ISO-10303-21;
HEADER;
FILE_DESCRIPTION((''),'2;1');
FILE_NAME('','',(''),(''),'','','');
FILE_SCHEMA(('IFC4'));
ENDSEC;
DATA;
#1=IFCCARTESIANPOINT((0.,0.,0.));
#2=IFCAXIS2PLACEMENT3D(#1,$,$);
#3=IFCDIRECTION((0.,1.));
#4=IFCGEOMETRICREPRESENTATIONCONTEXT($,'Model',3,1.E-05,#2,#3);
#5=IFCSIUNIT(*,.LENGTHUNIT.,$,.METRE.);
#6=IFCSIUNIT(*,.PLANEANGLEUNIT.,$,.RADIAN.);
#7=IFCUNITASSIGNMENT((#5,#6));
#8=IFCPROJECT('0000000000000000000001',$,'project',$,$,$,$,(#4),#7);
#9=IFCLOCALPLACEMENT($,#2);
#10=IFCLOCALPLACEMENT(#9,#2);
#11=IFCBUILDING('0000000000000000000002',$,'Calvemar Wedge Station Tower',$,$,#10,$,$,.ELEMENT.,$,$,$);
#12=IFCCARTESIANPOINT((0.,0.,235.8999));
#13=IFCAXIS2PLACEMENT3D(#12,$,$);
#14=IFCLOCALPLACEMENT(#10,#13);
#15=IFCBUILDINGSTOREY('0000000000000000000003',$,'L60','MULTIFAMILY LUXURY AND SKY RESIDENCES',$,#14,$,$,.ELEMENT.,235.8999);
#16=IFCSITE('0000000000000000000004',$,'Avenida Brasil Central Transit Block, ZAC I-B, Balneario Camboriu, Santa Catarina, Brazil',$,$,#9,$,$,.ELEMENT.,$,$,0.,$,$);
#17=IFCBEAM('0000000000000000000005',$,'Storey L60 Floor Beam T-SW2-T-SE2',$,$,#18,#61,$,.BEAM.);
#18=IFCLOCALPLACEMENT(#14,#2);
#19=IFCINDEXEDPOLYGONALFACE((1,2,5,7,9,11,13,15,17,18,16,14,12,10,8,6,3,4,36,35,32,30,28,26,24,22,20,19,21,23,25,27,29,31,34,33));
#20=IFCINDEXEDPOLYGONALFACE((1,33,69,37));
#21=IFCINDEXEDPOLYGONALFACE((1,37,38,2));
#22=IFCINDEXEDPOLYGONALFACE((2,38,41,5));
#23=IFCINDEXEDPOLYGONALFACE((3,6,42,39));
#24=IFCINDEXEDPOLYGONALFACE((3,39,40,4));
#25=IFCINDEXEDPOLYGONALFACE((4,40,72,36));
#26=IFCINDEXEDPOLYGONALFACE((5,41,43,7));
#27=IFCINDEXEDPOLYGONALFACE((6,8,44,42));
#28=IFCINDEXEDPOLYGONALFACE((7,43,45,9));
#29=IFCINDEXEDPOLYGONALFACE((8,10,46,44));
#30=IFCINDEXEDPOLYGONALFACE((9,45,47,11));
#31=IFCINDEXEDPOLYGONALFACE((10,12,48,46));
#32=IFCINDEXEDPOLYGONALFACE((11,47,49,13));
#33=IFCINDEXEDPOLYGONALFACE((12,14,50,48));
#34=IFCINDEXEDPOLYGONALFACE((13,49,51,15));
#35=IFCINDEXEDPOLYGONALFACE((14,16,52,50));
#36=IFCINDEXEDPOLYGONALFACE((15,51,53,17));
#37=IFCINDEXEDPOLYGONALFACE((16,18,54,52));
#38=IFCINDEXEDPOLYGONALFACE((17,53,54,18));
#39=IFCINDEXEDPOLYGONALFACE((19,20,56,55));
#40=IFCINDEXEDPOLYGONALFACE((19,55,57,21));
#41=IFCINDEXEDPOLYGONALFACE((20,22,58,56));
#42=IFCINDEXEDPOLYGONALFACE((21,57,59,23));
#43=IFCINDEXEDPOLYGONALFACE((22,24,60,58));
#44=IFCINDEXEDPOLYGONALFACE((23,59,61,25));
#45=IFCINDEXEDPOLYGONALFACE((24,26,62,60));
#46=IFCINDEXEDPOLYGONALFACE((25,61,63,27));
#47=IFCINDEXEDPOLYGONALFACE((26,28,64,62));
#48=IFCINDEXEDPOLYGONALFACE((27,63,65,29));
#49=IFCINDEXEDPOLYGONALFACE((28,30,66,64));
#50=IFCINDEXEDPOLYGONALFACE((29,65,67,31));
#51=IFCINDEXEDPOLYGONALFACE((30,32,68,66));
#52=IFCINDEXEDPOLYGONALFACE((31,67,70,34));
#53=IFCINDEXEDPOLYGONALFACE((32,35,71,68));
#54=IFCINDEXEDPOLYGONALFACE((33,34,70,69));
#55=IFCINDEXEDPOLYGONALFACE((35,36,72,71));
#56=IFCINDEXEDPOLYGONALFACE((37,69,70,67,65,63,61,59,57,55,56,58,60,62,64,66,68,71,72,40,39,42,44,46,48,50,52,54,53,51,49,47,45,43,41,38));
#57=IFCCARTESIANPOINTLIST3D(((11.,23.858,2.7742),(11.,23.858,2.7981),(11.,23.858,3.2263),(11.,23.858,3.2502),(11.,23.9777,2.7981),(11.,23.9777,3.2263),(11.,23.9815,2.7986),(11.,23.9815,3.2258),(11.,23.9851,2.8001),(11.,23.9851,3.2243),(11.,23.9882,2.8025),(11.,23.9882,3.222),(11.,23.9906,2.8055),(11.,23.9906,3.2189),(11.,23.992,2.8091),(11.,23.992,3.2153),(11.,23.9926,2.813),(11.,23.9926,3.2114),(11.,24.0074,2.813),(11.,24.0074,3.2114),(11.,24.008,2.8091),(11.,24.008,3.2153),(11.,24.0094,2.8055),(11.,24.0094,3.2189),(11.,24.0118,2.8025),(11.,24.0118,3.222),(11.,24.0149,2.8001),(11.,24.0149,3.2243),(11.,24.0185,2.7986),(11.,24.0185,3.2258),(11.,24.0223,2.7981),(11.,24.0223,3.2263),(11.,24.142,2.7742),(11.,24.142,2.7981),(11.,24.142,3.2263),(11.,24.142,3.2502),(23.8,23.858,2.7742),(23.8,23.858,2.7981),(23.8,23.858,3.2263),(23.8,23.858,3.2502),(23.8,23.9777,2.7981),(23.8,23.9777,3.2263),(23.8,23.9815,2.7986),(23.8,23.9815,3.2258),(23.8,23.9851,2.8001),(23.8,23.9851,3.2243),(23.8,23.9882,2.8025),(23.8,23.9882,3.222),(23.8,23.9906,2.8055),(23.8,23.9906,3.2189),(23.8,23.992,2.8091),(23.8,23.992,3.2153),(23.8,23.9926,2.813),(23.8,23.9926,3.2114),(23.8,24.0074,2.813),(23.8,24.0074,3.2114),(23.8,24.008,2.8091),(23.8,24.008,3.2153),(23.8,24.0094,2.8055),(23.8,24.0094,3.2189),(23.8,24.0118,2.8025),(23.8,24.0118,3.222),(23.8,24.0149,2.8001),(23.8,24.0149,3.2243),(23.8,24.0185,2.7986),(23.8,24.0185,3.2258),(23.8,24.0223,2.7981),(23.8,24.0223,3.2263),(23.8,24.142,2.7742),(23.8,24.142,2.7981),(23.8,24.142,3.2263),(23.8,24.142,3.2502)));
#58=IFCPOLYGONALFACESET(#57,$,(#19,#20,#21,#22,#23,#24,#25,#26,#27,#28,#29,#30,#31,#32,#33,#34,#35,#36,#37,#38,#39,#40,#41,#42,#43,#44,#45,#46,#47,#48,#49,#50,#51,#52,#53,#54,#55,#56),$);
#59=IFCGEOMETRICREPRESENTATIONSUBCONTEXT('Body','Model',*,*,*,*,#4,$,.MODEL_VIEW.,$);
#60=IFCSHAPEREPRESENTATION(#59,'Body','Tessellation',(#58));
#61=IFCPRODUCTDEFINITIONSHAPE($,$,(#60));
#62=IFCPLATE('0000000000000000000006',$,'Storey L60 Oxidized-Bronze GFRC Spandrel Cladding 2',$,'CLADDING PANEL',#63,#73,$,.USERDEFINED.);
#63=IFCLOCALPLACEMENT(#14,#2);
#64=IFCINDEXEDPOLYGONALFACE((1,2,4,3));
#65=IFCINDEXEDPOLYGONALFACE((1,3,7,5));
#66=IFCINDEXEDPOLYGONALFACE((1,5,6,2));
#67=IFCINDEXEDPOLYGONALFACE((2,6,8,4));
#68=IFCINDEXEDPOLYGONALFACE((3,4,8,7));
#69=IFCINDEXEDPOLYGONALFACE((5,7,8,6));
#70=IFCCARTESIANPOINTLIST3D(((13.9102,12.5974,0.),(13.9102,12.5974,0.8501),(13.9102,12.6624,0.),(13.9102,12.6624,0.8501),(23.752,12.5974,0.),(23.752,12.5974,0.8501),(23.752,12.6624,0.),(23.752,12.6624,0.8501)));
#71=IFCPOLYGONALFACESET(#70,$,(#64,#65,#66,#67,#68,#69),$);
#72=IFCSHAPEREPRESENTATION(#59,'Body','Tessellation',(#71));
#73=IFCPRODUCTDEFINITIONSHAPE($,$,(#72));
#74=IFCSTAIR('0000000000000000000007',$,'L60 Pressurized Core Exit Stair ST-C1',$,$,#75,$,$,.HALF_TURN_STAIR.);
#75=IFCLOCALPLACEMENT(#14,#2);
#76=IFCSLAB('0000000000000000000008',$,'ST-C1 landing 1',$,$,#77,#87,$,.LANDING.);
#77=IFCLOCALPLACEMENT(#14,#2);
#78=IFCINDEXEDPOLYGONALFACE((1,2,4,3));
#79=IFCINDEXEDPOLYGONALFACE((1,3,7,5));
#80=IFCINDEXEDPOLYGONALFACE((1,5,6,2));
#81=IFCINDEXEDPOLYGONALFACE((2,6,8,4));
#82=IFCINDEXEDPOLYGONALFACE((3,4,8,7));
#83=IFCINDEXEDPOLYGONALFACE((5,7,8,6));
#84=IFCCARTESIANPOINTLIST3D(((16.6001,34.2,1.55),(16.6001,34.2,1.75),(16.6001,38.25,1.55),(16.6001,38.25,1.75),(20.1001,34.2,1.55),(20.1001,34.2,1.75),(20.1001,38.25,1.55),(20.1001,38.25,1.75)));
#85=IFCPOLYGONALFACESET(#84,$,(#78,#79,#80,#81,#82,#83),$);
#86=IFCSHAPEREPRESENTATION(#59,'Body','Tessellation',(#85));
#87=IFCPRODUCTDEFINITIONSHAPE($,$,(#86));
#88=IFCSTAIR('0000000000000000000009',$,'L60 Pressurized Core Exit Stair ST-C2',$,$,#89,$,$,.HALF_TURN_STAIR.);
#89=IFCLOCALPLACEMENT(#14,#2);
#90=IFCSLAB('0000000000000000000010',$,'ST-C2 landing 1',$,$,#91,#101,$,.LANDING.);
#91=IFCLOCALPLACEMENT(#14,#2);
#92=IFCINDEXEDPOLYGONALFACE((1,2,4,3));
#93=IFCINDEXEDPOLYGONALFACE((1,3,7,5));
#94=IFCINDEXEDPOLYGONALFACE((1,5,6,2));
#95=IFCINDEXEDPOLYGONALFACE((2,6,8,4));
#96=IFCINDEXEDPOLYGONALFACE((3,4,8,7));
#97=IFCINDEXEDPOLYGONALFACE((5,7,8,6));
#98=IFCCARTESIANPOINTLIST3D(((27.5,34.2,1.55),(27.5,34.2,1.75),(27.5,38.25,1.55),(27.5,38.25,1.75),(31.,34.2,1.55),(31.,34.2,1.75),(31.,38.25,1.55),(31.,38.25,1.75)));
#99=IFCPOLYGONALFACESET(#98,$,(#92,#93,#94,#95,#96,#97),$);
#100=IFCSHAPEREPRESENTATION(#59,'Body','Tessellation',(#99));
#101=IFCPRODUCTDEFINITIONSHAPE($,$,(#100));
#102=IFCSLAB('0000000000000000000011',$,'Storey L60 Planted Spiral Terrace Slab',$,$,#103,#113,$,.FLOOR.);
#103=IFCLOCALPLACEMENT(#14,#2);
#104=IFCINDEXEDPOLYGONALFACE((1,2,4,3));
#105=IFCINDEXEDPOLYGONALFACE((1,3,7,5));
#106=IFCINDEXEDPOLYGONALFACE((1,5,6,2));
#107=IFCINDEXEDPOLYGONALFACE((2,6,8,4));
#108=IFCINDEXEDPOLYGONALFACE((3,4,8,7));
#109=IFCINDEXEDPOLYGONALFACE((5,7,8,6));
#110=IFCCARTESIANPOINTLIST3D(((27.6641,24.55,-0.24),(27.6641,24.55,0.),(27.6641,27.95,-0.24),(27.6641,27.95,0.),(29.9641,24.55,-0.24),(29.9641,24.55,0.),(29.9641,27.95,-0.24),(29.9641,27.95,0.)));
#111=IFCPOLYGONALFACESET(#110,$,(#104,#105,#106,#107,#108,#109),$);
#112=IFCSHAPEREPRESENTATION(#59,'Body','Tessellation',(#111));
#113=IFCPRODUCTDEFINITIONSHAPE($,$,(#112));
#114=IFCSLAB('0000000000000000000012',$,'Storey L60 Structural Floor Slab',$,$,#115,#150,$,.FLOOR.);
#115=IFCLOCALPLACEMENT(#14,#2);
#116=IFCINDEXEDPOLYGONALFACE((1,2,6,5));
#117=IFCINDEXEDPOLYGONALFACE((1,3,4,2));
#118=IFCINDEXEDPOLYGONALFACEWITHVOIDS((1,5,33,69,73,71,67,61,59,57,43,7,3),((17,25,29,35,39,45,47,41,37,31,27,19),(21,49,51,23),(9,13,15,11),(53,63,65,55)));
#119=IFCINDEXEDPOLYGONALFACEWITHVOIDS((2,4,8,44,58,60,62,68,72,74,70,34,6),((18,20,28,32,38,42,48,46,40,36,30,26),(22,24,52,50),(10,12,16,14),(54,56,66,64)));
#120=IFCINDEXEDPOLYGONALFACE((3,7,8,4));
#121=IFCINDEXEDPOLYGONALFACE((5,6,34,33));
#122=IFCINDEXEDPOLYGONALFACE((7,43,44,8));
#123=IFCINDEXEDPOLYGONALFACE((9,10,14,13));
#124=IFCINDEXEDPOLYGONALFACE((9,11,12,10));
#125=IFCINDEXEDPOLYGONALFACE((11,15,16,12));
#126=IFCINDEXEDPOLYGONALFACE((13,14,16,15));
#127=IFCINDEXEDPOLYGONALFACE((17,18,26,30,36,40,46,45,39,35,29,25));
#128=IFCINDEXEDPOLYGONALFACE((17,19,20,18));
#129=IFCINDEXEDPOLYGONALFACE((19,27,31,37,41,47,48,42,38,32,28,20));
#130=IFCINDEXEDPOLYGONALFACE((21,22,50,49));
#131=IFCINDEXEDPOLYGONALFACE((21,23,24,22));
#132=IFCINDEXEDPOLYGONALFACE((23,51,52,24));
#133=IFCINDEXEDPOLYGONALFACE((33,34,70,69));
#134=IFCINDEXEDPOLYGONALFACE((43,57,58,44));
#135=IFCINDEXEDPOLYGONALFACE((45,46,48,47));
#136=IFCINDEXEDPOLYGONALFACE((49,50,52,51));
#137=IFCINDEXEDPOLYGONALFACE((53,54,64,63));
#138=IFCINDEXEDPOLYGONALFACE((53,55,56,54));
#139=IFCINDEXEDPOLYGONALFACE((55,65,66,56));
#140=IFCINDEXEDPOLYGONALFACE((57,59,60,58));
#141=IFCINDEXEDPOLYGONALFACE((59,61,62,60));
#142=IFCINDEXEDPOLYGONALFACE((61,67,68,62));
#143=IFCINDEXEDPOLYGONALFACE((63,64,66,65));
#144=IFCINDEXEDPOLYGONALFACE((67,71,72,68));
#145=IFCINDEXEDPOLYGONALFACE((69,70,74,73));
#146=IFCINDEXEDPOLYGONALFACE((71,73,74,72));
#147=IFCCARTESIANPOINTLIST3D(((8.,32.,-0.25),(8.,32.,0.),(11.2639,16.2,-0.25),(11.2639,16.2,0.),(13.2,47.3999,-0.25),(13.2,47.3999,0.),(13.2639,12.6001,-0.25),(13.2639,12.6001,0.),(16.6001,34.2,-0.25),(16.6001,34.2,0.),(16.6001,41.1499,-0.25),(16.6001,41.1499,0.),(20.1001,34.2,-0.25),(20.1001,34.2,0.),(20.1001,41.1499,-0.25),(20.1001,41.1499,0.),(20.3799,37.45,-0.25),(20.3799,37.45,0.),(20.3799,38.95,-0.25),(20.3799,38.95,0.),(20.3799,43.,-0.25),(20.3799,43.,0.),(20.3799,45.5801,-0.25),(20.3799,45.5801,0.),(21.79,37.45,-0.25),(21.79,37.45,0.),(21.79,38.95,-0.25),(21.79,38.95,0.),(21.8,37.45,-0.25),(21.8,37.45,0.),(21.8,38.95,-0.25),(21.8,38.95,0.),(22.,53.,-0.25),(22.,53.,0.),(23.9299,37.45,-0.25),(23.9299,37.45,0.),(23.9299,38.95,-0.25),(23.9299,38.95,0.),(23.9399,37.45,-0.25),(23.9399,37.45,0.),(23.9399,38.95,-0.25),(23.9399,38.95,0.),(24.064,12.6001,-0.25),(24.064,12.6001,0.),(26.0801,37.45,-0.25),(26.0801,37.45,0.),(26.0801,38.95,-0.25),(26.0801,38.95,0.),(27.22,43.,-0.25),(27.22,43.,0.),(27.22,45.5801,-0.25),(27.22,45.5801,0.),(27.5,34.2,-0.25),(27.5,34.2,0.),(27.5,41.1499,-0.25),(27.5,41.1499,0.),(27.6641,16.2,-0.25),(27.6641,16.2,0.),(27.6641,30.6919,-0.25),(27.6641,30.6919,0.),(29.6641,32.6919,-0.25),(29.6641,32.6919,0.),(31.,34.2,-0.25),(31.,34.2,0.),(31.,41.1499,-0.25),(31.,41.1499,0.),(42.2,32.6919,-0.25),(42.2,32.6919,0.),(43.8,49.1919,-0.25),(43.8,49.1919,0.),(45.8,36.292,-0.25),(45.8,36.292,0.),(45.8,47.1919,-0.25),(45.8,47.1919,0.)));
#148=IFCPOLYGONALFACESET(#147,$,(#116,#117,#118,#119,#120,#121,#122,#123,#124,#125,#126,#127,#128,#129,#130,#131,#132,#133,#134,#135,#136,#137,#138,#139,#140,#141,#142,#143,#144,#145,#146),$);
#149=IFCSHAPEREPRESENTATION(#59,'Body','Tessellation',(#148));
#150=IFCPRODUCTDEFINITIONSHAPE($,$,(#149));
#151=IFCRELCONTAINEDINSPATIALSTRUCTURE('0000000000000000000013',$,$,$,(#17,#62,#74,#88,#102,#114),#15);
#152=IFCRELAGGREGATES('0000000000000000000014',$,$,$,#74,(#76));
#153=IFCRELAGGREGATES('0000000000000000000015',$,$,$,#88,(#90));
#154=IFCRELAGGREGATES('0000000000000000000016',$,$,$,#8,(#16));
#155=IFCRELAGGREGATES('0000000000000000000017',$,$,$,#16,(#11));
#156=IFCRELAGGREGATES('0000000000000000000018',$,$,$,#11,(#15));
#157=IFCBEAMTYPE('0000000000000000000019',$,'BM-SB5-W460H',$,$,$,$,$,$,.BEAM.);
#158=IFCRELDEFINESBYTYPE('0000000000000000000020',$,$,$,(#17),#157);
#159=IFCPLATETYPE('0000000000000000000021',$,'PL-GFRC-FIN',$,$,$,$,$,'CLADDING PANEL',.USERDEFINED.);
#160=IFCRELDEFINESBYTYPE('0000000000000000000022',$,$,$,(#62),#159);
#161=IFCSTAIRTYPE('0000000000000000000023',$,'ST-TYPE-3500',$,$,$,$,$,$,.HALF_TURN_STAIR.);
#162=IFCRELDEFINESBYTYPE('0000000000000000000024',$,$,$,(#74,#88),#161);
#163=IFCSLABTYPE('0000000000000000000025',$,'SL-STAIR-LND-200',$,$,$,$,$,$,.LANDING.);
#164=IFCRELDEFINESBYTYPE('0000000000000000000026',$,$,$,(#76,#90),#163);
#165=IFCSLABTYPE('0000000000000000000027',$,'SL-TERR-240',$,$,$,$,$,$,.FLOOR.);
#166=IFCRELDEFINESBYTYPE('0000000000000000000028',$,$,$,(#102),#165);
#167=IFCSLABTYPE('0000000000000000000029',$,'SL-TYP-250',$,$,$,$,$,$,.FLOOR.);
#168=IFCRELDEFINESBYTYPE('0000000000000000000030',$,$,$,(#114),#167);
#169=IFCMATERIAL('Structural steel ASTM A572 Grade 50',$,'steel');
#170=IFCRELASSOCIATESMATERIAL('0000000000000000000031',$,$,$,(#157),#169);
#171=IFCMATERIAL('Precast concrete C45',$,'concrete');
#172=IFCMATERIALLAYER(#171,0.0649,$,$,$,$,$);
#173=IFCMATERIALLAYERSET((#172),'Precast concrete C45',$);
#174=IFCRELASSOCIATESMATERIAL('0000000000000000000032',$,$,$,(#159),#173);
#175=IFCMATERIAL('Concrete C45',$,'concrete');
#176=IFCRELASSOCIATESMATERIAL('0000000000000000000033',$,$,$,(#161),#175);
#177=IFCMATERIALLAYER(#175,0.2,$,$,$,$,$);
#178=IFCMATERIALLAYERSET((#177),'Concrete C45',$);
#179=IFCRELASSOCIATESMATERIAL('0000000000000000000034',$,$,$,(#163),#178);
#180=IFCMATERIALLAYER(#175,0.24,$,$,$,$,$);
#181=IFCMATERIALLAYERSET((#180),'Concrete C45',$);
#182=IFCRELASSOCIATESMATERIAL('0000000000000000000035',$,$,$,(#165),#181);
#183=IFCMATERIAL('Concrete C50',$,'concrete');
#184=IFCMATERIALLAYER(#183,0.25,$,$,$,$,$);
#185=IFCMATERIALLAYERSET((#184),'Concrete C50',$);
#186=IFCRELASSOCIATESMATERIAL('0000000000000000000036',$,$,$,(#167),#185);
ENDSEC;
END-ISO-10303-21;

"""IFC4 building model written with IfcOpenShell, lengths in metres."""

from ifc_helpers import new_model, si_unit, direction, frame, frame_2d, origin, origin_2d, place, context, subcontext, project, spatial, polyline, rectangle, i_section, outline, extrude, source, transform, mapped, material, layer, layer_set, material_profile, profile_set, type_object, element, aggregate, save


model = new_model("IFC4")

# Units and contexts
model_context = context("Model", 3, precision=1e-05, world=origin(), true_north=direction((0.0, 1.0)))
body_context = subcontext(model_context, "Body", "Model", "MODEL_VIEW")
ifc_project = project(units=[si_unit("LENGTHUNIT", "METRE"), si_unit("PLANEANGLEUNIT", "RADIAN")], contexts=[model_context])

# Site, building, storey
site_placement = place(None, origin())
site = spatial("IfcSite", under=ifc_project, at=site_placement, Name="Avenida Brasil Central Transit Block, ZAC I-B, Balneario Camboriu, Santa Catarina, Brazil", CompositionType="ELEMENT", RefElevation=0.0)
building_placement = place(site_placement, origin())
building = spatial("IfcBuilding", under=site, at=building_placement, Name="Calvemar Wedge Station Tower", CompositionType="ELEMENT")
storey_placement = place(building_placement, frame((0.0, 0.0, 235.8999)))
storey = spatial("IfcBuildingStorey", under=building, at=storey_placement, Name="L60", Description="MULTIFAMILY LUXURY AND SKY RESIDENCES", CompositionType="ELEMENT", Elevation=235.8999)

# Shared definitions
ifc_material_1 = material(Name="Concrete C50", Category="concrete")

# Beam
ifc_material_2 = material(Name="Structural steel ASTM A572 Grade 50", Category="steel")
ifc_material_profile_1 = material_profile(ifc_material_2, i_section(OverallWidth=0.2839, OverallDepth=0.4761, WebThickness=0.0149, FlangeThickness=0.0239, FilletRadius=0.0149, at=origin_2d()), Name="W460x158")
ifc_profile_set_1 = profile_set([ifc_material_profile_1], Name="Structural steel ASTM A572 Grade 50")
beam_type_1 = type_object("IfcBeamType", Name="BM-SB5-W460H", PredefinedType="BEAM", material=ifc_profile_set_1)
shared_shape_1 = source(origin(), body_context, "Body", "SweptSolid", [
    extrude(i_section(OverallWidth=0.2839, OverallDepth=0.4761, WebThickness=0.0149, FlangeThickness=0.0239, FilletRadius=0.0149, at=origin_2d()), origin(), (0.0, 0.0, 1.0), 12.8),
])
beam_1_placement = place(storey_placement, frame((11.0, 24.0, 3.0122), z_axis=(1.0, 0.0, 0.0), x_axis=(0.0, 1.0, 0.0)))
element("IfcBeam", 1, at=beam_1_placement, inside=storey, type_object=beam_type_1, Name="Storey L60 Floor Beam T-SW2-T-SE2", PredefinedType="BEAM", context=body_context, shape_type="MappedRepresentation", body=[
    mapped(shared_shape_1, transform((0.0, 0.0, 0.0), scale=1.0)),
])

# Plate
ifc_material_3 = material(Name="Precast concrete C45", Category="concrete")
ifc_layer_1 = layer(ifc_material_3, 0.0649)
ifc_layer_set_1 = layer_set([ifc_layer_1], Name="Precast concrete C45")
plate_type = type_object("IfcPlateType", Name="PL-GFRC-FIN", ElementType="CLADDING PANEL", PredefinedType="USERDEFINED", material=ifc_layer_set_1)
plate_placement = place(storey_placement, frame((13.9102, 12.6299, 0.0), z_axis=(0.0, 0.0, 1.0), x_axis=(1.0, 0.0, 0.0)))
element("IfcPlate", 2, at=plate_placement, inside=storey, type_object=plate_type, Name="Storey L60 Oxidized-Bronze GFRC Spandrel Cladding 2", ObjectType="CLADDING PANEL", PredefinedType="USERDEFINED", context=body_context, shape_type="SweptSolid", body=[
    extrude(rectangle(XDim=9.8418, YDim=0.0649, at=frame_2d((4.9209, 0.0))), origin(), (0.0, 0.0, 1.0), 0.8501),
])

# Stairs, slabs
ifc_material_4 = material(Name="Concrete C45", Category="concrete")
stair_type = type_object("IfcStairType", Name="ST-TYPE-3500", PredefinedType="HALF_TURN_STAIR", material=ifc_material_4)
stair_1_placement = place(storey_placement, origin())
stair_1 = element("IfcStair", 3, at=stair_1_placement, inside=storey, type_object=stair_type, Name="L60 Pressurized Core Exit Stair ST-C1", PredefinedType="HALF_TURN_STAIR")
ifc_layer_2 = layer(ifc_material_4, 0.2)
ifc_layer_set_2 = layer_set([ifc_layer_2], Name="Concrete C45")
slab_type_1 = type_object("IfcSlabType", Name="SL-STAIR-LND-200", PredefinedType="LANDING", material=ifc_layer_set_2)
slab_1_placement = place(storey_placement, frame((0.0, 0.0, 1.55)))
slab_1 = element("IfcSlab", 4, at=slab_1_placement, type_object=slab_type_1, Name="ST-C1 landing 1", PredefinedType="LANDING", context=body_context, shape_type="SweptSolid", body=[
    extrude(outline(polyline([(16.6001, 38.25), (16.6001, 34.2), (20.1001, 34.2), (20.1001, 38.25), (16.6001, 38.25)])), origin(), (0.0, 0.0, 1.0), 0.2),
])
aggregate(stair_1, [slab_1])
stair_2_placement = place(storey_placement, origin())
stair_2 = element("IfcStair", 5, at=stair_2_placement, inside=storey, type_object=stair_type, Name="L60 Pressurized Core Exit Stair ST-C2", PredefinedType="HALF_TURN_STAIR")
slab_2_placement = place(storey_placement, frame((0.0, 0.0, 1.55)))
slab_2 = element("IfcSlab", 6, at=slab_2_placement, type_object=slab_type_1, Name="ST-C2 landing 1", PredefinedType="LANDING", context=body_context, shape_type="SweptSolid", body=[
    extrude(outline(polyline([(27.5, 38.25), (27.5, 34.2), (31.0, 34.2), (31.0, 38.25), (27.5, 38.25)])), origin(), (0.0, 0.0, 1.0), 0.2),
])
aggregate(stair_2, [slab_2])

# Slabs
ifc_layer_3 = layer(ifc_material_4, 0.24)
ifc_layer_set_3 = layer_set([ifc_layer_3], Name="Concrete C45")
slab_type_2 = type_object("IfcSlabType", Name="SL-TERR-240", PredefinedType="FLOOR", material=ifc_layer_set_3)
slab_3_placement = place(storey_placement, frame((0.0, 0.0, -0.24)))
element("IfcSlab", 7, at=slab_3_placement, inside=storey, type_object=slab_type_2, Name="Storey L60 Planted Spiral Terrace Slab", PredefinedType="FLOOR", context=body_context, shape_type="SweptSolid", body=[
    extrude(outline(polyline([(27.6641, 24.55), (29.9641, 24.55), (29.9641, 27.95), (27.6641, 27.95), (27.6641, 24.55)])), origin(), (0.0, 0.0, 1.0), 0.24),
])
ifc_layer_4 = layer(ifc_material_1, 0.25)
ifc_layer_set_4 = layer_set([ifc_layer_4], Name="Concrete C50")
slab_type_3 = type_object("IfcSlabType", Name="SL-TYP-250", PredefinedType="FLOOR", material=ifc_layer_set_4)
slab_4_placement = place(storey_placement, frame((0.0, 0.0, -0.25)))
element("IfcSlab", 8, at=slab_4_placement, inside=storey, type_object=slab_type_3, Name="Storey L60 Structural Floor Slab", PredefinedType="FLOOR", context=body_context, shape_type="SweptSolid", body=[
    extrude(outline(polyline([(8.0, 32.0), (11.2639, 16.2), (13.2639, 12.6001), (24.064, 12.6001), (27.6641, 16.2), (27.6641, 30.6919), (29.6641, 32.6919), (42.2, 32.6919), (45.8, 36.292), (45.8, 47.1919), (43.8, 49.1919), (22.0, 53.0), (13.2, 47.3999), (8.0, 32.0)]), holes=[polyline([(20.1001, 34.2), (20.1001, 41.1499), (16.6001, 41.1499), (16.6001, 34.2), (20.1001, 34.2)]), polyline([(27.5, 34.2), (31.0, 34.2), (31.0, 41.1499), (27.5, 41.1499), (27.5, 34.2)]), polyline([(21.8, 37.45), (23.9299, 37.45), (23.9399, 37.45), (26.0801, 37.45), (26.0801, 38.95), (23.9399, 38.95), (23.9299, 38.95), (21.8, 38.95), (21.79, 38.95), (20.3799, 38.95), (20.3799, 37.45), (21.79, 37.45), (21.8, 37.45)]), polyline([(27.22, 43.0), (27.22, 45.5801), (20.3799, 45.5801), (20.3799, 43.0), (27.22, 43.0)])]), origin(), (0.0, 0.0, 1.0), 0.25),
])

save(model, "model.ifc")
